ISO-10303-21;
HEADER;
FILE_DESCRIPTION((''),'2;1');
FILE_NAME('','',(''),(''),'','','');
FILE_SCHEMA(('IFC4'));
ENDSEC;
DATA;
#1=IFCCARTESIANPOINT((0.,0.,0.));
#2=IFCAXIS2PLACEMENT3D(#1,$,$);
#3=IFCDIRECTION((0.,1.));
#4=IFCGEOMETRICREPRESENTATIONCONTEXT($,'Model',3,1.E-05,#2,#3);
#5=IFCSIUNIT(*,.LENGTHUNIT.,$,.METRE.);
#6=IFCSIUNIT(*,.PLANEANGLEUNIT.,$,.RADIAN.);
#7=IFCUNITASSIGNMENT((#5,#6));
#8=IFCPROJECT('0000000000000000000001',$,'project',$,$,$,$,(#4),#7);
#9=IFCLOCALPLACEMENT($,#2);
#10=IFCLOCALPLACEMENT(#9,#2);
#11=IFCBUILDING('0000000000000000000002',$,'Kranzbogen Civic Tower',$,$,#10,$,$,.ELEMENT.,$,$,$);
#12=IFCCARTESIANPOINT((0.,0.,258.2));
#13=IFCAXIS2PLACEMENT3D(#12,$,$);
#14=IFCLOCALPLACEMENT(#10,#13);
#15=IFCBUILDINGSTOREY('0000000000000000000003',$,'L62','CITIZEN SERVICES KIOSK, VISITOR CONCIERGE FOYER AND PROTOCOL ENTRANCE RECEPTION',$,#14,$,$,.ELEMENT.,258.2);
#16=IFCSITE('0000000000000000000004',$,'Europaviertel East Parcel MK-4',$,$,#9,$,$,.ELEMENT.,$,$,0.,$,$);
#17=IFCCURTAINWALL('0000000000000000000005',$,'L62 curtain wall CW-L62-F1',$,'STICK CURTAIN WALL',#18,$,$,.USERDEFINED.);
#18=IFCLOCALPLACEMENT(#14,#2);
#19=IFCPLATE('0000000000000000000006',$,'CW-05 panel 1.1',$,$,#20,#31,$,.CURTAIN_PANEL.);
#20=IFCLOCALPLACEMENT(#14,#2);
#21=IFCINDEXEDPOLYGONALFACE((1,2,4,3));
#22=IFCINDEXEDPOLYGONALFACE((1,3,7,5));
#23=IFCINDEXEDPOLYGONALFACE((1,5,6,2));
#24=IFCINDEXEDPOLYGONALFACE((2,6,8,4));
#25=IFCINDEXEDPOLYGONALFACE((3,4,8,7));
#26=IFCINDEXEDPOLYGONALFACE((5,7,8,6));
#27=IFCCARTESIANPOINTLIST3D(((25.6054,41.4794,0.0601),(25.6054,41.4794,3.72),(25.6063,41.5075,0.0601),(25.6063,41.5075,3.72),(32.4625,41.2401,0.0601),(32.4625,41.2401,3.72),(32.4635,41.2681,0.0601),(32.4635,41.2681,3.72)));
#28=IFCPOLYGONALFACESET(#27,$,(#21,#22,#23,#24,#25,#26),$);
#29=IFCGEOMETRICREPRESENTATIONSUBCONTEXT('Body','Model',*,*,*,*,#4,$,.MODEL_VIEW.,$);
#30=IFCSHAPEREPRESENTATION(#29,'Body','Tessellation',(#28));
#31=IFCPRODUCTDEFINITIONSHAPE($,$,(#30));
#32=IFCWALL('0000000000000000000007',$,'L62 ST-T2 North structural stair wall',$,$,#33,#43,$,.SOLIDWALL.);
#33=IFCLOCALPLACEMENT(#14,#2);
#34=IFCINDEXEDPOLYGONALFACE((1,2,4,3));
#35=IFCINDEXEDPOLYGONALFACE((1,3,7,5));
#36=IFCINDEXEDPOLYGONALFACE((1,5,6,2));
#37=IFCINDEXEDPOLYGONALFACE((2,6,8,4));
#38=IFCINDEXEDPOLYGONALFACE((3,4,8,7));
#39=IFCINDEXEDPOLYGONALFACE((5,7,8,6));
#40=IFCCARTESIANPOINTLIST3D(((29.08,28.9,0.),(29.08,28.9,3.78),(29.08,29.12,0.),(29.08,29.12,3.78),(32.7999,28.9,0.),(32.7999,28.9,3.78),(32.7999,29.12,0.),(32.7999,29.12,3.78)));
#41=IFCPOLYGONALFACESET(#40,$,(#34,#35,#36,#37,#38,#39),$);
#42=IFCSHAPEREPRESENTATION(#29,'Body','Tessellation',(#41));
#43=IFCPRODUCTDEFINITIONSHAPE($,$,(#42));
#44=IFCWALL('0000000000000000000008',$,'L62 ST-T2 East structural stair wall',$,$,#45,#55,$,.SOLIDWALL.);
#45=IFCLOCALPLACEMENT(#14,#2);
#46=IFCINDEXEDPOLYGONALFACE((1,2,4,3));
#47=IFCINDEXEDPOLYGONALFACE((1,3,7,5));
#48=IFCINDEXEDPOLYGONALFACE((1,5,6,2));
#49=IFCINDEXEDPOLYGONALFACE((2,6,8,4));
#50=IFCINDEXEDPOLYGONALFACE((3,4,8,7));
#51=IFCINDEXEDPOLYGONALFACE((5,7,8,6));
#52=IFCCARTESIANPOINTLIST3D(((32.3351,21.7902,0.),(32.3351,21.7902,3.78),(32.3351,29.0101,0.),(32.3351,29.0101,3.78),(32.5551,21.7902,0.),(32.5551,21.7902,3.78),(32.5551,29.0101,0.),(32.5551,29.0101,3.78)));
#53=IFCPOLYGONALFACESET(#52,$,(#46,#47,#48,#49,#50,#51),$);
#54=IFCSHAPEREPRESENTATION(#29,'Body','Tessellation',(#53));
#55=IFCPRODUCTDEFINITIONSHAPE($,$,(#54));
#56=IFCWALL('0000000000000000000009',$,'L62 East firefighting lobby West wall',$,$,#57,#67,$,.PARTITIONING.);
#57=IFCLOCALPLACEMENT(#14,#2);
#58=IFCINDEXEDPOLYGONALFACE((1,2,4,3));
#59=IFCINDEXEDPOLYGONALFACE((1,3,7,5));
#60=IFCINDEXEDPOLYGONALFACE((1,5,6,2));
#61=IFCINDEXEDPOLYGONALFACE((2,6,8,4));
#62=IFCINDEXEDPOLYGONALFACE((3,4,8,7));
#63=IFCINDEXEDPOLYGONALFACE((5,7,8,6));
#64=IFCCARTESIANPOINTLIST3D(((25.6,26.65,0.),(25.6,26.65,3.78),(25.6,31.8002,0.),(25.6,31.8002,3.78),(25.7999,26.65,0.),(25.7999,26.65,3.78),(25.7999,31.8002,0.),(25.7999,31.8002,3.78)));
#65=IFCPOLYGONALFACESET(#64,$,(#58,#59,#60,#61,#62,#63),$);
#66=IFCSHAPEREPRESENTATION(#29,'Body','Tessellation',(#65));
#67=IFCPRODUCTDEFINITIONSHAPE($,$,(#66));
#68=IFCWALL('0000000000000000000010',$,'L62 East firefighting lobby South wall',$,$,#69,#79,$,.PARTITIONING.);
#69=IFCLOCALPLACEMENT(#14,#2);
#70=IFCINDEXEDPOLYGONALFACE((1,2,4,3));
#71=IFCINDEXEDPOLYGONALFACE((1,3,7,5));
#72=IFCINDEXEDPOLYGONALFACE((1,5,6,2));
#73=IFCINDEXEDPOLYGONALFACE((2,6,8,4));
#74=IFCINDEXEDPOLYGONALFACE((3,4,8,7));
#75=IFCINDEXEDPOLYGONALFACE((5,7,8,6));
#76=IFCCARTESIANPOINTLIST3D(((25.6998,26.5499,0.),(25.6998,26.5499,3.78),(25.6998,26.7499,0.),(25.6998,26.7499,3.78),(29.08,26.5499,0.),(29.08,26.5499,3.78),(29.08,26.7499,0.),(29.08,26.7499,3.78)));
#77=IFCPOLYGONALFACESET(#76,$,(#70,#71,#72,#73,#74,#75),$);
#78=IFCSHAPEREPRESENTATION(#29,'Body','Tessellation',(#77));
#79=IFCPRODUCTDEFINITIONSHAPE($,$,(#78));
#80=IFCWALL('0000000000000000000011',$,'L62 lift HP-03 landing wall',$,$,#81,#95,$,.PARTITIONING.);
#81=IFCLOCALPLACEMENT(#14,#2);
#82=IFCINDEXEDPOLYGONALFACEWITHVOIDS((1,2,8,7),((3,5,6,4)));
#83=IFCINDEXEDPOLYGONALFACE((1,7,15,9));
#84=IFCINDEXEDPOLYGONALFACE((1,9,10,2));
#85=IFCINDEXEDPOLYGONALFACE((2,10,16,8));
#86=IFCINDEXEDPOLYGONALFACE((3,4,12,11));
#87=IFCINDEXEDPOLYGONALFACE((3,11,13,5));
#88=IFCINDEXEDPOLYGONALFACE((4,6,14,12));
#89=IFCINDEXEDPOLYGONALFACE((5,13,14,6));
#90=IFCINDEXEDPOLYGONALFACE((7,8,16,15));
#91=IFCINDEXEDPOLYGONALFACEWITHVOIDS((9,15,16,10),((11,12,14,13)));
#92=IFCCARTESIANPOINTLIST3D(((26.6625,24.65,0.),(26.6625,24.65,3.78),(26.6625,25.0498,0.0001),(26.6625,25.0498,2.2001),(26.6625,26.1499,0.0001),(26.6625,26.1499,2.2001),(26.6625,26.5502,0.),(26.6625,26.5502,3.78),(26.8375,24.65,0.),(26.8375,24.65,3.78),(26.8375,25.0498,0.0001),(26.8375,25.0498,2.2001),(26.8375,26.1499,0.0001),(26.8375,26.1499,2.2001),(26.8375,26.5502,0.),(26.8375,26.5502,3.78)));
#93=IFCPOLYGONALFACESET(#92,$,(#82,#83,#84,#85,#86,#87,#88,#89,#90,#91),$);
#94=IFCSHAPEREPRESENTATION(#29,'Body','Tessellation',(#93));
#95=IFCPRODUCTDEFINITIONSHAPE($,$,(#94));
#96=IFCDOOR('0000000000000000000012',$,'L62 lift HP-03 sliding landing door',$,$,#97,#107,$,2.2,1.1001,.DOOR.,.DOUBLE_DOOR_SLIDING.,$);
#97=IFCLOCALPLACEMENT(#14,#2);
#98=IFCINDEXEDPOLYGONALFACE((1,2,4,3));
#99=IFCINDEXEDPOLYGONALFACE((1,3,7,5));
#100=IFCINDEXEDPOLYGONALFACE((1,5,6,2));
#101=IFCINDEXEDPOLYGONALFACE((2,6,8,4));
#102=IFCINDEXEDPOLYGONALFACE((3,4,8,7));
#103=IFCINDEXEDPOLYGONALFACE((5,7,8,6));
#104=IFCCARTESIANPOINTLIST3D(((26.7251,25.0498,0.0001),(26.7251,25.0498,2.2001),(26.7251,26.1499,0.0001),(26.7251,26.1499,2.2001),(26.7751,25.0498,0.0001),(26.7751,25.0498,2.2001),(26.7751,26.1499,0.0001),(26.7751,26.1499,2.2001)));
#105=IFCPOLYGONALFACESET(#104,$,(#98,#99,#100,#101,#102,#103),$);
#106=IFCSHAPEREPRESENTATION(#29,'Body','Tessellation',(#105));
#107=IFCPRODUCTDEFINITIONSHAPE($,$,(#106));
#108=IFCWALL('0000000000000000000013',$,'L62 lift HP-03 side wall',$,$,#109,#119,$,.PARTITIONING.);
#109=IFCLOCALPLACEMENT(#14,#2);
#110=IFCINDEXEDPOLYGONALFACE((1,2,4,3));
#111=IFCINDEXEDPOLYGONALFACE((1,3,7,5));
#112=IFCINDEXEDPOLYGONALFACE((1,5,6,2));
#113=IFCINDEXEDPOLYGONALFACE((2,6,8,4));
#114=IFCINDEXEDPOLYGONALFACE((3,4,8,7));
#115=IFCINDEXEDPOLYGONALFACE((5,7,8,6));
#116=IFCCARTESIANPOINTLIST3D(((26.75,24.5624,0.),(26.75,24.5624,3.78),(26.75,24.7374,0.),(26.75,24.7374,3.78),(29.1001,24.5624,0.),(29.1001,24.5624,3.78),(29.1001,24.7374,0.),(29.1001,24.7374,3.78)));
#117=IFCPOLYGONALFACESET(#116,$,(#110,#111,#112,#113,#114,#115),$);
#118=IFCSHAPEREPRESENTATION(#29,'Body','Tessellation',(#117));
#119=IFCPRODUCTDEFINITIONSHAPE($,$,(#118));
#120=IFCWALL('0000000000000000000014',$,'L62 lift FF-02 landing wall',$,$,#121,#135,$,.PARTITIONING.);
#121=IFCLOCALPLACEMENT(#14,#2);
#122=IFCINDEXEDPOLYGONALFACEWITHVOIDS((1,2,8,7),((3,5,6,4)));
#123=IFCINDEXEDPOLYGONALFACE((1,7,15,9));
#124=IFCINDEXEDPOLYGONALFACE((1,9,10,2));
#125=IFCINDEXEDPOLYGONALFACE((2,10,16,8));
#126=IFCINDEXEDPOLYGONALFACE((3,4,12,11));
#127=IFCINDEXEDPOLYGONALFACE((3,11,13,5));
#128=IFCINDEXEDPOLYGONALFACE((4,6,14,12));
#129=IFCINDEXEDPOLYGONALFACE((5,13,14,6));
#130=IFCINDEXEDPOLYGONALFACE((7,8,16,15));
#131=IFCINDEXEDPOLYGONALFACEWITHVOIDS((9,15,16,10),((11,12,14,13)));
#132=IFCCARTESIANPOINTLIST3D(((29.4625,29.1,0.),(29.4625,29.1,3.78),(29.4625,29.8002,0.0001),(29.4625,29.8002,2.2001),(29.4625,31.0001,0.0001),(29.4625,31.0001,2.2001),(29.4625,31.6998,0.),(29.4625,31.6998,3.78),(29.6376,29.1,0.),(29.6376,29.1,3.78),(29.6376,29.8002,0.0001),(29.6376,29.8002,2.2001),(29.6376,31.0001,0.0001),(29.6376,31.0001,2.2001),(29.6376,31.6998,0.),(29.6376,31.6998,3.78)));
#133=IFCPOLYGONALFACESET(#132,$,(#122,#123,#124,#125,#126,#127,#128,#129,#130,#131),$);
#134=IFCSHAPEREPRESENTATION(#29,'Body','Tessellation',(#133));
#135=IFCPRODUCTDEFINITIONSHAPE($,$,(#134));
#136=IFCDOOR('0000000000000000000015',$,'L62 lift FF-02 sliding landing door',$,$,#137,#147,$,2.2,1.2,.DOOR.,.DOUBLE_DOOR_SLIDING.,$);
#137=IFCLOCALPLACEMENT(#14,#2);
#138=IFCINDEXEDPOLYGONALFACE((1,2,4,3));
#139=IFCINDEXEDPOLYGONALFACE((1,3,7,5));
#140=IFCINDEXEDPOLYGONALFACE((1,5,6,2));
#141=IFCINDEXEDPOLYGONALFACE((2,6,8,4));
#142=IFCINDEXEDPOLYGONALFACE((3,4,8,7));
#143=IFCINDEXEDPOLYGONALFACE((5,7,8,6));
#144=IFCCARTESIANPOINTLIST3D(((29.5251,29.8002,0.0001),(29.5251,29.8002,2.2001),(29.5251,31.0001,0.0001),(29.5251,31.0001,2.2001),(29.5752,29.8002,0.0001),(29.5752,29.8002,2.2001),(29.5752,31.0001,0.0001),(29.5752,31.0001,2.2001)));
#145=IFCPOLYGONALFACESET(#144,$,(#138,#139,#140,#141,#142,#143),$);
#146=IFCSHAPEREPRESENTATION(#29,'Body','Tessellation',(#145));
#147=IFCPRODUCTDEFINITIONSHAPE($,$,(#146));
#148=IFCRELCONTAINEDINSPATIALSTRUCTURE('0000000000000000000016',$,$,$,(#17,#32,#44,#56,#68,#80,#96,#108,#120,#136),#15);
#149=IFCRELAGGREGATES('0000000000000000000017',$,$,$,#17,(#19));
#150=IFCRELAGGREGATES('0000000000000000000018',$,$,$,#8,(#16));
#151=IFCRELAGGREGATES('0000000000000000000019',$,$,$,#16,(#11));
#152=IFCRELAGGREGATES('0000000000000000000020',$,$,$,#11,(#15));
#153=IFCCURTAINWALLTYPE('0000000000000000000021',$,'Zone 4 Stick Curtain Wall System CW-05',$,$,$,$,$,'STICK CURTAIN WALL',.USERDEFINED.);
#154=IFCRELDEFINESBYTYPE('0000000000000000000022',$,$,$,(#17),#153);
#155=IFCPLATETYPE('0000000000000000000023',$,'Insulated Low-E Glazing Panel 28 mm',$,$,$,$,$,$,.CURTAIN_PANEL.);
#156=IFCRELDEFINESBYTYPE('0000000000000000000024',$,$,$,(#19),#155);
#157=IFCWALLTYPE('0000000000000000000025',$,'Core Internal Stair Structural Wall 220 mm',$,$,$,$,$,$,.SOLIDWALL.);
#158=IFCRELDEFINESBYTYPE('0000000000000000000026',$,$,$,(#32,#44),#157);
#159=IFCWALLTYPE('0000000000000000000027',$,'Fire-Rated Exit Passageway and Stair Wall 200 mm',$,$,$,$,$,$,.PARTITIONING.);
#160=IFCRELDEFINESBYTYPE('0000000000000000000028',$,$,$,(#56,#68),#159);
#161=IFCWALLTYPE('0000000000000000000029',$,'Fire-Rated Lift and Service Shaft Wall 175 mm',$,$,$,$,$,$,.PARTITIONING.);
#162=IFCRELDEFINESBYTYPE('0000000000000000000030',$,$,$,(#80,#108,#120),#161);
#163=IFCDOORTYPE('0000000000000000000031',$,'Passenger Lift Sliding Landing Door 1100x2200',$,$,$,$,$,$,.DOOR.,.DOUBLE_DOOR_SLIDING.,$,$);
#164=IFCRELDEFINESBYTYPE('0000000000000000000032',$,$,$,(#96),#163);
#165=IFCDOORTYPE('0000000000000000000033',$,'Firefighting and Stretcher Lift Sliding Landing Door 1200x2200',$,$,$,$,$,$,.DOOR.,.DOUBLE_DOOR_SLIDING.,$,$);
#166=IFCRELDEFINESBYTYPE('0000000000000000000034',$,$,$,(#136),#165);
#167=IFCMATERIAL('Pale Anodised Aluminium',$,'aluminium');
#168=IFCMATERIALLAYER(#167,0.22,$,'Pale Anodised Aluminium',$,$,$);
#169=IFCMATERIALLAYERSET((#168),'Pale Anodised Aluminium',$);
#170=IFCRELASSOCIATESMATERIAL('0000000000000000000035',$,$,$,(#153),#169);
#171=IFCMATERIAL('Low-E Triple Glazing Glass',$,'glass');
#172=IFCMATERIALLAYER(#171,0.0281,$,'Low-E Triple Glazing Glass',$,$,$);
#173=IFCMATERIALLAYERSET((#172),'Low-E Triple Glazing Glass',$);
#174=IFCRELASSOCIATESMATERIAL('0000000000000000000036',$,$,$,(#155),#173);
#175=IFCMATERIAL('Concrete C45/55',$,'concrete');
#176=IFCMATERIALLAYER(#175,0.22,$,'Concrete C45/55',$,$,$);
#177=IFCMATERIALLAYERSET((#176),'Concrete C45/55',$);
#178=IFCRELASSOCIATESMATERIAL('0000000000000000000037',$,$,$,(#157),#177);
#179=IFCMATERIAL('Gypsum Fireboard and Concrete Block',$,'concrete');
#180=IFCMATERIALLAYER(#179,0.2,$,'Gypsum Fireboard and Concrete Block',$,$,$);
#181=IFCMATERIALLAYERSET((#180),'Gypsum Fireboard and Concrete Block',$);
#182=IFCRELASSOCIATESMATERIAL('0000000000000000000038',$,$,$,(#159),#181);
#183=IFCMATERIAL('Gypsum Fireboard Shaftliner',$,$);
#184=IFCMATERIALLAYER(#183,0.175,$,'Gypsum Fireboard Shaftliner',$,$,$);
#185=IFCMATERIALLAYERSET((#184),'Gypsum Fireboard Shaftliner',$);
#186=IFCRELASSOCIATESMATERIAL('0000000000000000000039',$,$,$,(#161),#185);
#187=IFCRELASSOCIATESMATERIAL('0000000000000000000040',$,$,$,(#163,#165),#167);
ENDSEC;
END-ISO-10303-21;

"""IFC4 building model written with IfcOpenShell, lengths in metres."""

from ifc_helpers import new_model, si_unit, direction, frame, frame_2d, origin, origin_2d, place, context, subcontext, project, spatial, rectangle, extrude, material, layer, layer_set, type_object, element, fill, aggregate, save


model = new_model("IFC4")

# Units and contexts
model_context = context("Model", 3, precision=1e-05, world=origin(), true_north=direction((0.0, 1.0)))
body_context = subcontext(model_context, "Body", "Model", "MODEL_VIEW")
ifc_project = project(units=[si_unit("LENGTHUNIT", "METRE"), si_unit("PLANEANGLEUNIT", "RADIAN")], contexts=[model_context])

# Site, building, storey
site_placement = place(None, origin())
site = spatial("IfcSite", under=ifc_project, at=site_placement, Name="Europaviertel East Parcel MK-4", CompositionType="ELEMENT", RefElevation=0.0)
building_placement = place(site_placement, origin())
building = spatial("IfcBuilding", under=site, at=building_placement, Name="Kranzbogen Civic Tower", CompositionType="ELEMENT")
storey_placement = place(building_placement, frame((0.0, 0.0, 258.2)))
storey = spatial("IfcBuildingStorey", under=building, at=storey_placement, Name="L62", Description="CITIZEN SERVICES KIOSK, VISITOR CONCIERGE FOYER AND PROTOCOL ENTRANCE RECEPTION", CompositionType="ELEMENT", Elevation=258.2)

# Curtain wall
ifc_material_1 = material(Name="Pale Anodised Aluminium", Category="aluminium")
ifc_layer_1 = layer(ifc_material_1, 0.22, Name="Pale Anodised Aluminium")
ifc_layer_set_1 = layer_set([ifc_layer_1], Name="Pale Anodised Aluminium")
curtain_wall_type = type_object("IfcCurtainWallType", Name="Zone 4 Stick Curtain Wall System CW-05", ElementType="STICK CURTAIN WALL", PredefinedType="USERDEFINED", material=ifc_layer_set_1)
curtain_wall_placement = place(storey_placement, origin())
curtain_wall = element("IfcCurtainWall", 1, at=curtain_wall_placement, inside=storey, type_object=curtain_wall_type, Name="L62 curtain wall CW-L62-F1", ObjectType="STICK CURTAIN WALL", PredefinedType="USERDEFINED")

# Plate
ifc_material_2 = material(Name="Low-E Triple Glazing Glass", Category="glass")
ifc_layer_2 = layer(ifc_material_2, 0.0281, Name="Low-E Triple Glazing Glass")
ifc_layer_set_2 = layer_set([ifc_layer_2], Name="Low-E Triple Glazing Glass")
plate_type = type_object("IfcPlateType", Name="Insulated Low-E Glazing Panel 28 mm", PredefinedType="CURTAIN_PANEL", material=ifc_layer_set_2)
plate_placement = place(storey_placement, frame((29.0344, 41.3738, 0.0601), z_axis=(0.0, 0.0, 1.0), x_axis=(-0.999391, 0.034886, 0.0)))
plate = element("IfcPlate", 2, at=plate_placement, type_object=plate_type, Name="CW-05 panel 1.1", PredefinedType="CURTAIN_PANEL", context=body_context, shape_type="SweptSolid", body=[
    extrude(rectangle(XDim=6.8613, YDim=0.0281, at=origin_2d()), origin(), (0.0, 0.0, 1.0), 3.6599),
])
aggregate(curtain_wall, [plate])

# Walls
ifc_material_3 = material(Name="Concrete C45/55", Category="concrete")
ifc_layer_3 = layer(ifc_material_3, 0.22, Name="Concrete C45/55")
ifc_layer_set_3 = layer_set([ifc_layer_3], Name="Concrete C45/55")
wall_type_1 = type_object("IfcWallType", Name="Core Internal Stair Structural Wall 220 mm", PredefinedType="SOLIDWALL", material=ifc_layer_set_3)
wall_1_placement = place(storey_placement, frame((29.0801, 29.01, 0.0), z_axis=(0.0, 0.0, 1.0), x_axis=(1.0, 0.0, 0.0)))
element("IfcWall", 3, at=wall_1_placement, inside=storey, type_object=wall_type_1, Name="L62 ST-T2 North structural stair wall", PredefinedType="SOLIDWALL", context=body_context, shape_type="SweptSolid", body=[
    extrude(rectangle(XDim=3.72, YDim=0.22, at=frame_2d((1.8599, 0.0))), origin(), (0.0, 0.0, 1.0), 3.78),
])
wall_2_placement = place(storey_placement, frame((32.4451, 29.01, 0.0), z_axis=(0.0, 0.0, 1.0), x_axis=(0.0, -1.0, 0.0)))
element("IfcWall", 4, at=wall_2_placement, inside=storey, type_object=wall_type_1, Name="L62 ST-T2 East structural stair wall", PredefinedType="SOLIDWALL", context=body_context, shape_type="SweptSolid", body=[
    extrude(rectangle(XDim=7.22, YDim=0.22, at=frame_2d((3.6099, 0.0))), origin(), (0.0, 0.0, 1.0), 3.78),
])
ifc_material_4 = material(Name="Gypsum Fireboard and Concrete Block", Category="concrete")
ifc_layer_4 = layer(ifc_material_4, 0.2, Name="Gypsum Fireboard and Concrete Block")
ifc_layer_set_4 = layer_set([ifc_layer_4], Name="Gypsum Fireboard and Concrete Block")
wall_type_2 = type_object("IfcWallType", Name="Fire-Rated Exit Passageway and Stair Wall 200 mm", PredefinedType="PARTITIONING", material=ifc_layer_set_4)
wall_3_placement = place(storey_placement, frame((25.7, 26.6499, 0.0), z_axis=(0.0, 0.0, 1.0), x_axis=(0.0, 1.0, 0.0)))
element("IfcWall", 5, at=wall_3_placement, inside=storey, type_object=wall_type_2, Name="L62 East firefighting lobby West wall", PredefinedType="PARTITIONING", context=body_context, shape_type="SweptSolid", body=[
    extrude(rectangle(XDim=5.1501, YDim=0.2, at=frame_2d((2.5752, 0.0))), origin(), (0.0, 0.0, 1.0), 3.78),
])
wall_4_placement = place(storey_placement, frame((25.7, 26.6499, 0.0), z_axis=(0.0, 0.0, 1.0), x_axis=(1.0, 0.0, 0.0)))
element("IfcWall", 6, at=wall_4_placement, inside=storey, type_object=wall_type_2, Name="L62 East firefighting lobby South wall", PredefinedType="PARTITIONING", context=body_context, shape_type="SweptSolid", body=[
    extrude(rectangle(XDim=3.3801, YDim=0.2, at=frame_2d((1.6899, 0.0))), origin(), (0.0, 0.0, 1.0), 3.78),
])

# Wall, opening, door
ifc_material_5 = material(Name="Gypsum Fireboard Shaftliner")
ifc_layer_5 = layer(ifc_material_5, 0.175, Name="Gypsum Fireboard Shaftliner")
ifc_layer_set_5 = layer_set([ifc_layer_5], Name="Gypsum Fireboard Shaftliner")
wall_type_3 = type_object("IfcWallType", Name="Fire-Rated Lift and Service Shaft Wall 175 mm", PredefinedType="PARTITIONING", material=ifc_layer_set_5)
wall_5_placement = place(storey_placement, frame((26.75, 24.6499, 0.0), z_axis=(0.0, 0.0, 1.0), x_axis=(0.0, 1.0, 0.0)))
wall_5 = element("IfcWall", 7, at=wall_5_placement, inside=storey, type_object=wall_type_3, Name="L62 lift HP-03 landing wall", PredefinedType="PARTITIONING", context=body_context, shape_type="SweptSolid", body=[
    extrude(rectangle(XDim=1.9001, YDim=0.175, at=frame_2d((0.9502, 0.0))), origin(), (0.0, 0.0, 1.0), 3.78),
])
opening_1_placement = place(wall_5_placement, frame((0.3999, 0.0, 0.0)))
opening_1 = element("IfcOpeningElement", 8, at=opening_1_placement, cuts=wall_5, PredefinedType="OPENING", context=body_context, shape_type="SweptSolid", body=[
    extrude(rectangle(XDim=1.1001, YDim=2.2, at=frame_2d((0.55, 1.1001))), frame((0.0, 0.0977, 0.0), z_axis=(0.0, -1.0, 0.0), x_axis=(1.0, 0.0, 0.0)), (0.0, 0.0, 1.0), 0.1951),
])
door_type_1 = type_object("IfcDoorType", Name="Passenger Lift Sliding Landing Door 1100x2200", OperationType="DOUBLE_DOOR_SLIDING", PredefinedType="DOOR", material=ifc_material_1)
door_1_placement = place(opening_1_placement, origin())
door_1 = element("IfcDoor", 9, at=door_1_placement, inside=storey, type_object=door_type_1, Name="L62 lift HP-03 sliding landing door", OperationType="DOUBLE_DOOR_SLIDING", OverallHeight=2.2, OverallWidth=1.1001, PredefinedType="DOOR", context=body_context, shape_type="SweptSolid", body=[
    extrude(rectangle(XDim=1.1001, YDim=2.2, at=frame_2d((0.55, 1.1001))), frame((0.0, 0.0249, 0.0), z_axis=(0.0, -1.0, 0.0), x_axis=(1.0, 0.0, 0.0)), (0.0, 0.0, 1.0), 0.05),
])
fill(opening_1, door_1)

# Wall
wall_6_placement = place(storey_placement, frame((26.75, 24.6499, 0.0), z_axis=(0.0, 0.0, 1.0), x_axis=(1.0, 0.0, 0.0)))
element("IfcWall", 10, at=wall_6_placement, inside=storey, type_object=wall_type_3, Name="L62 lift HP-03 side wall", PredefinedType="PARTITIONING", context=body_context, shape_type="SweptSolid", body=[
    extrude(rectangle(XDim=2.3501, YDim=0.175, at=frame_2d((1.175, 0.0))), origin(), (0.0, 0.0, 1.0), 3.78),
])

# Wall, opening, door
wall_7_placement = place(storey_placement, frame((29.55, 29.1001, 0.0), z_axis=(0.0, 0.0, 1.0), x_axis=(0.0, 1.0, 0.0)))
wall_7 = element("IfcWall", 11, at=wall_7_placement, inside=storey, type_object=wall_type_3, Name="L62 lift FF-02 landing wall", PredefinedType="PARTITIONING", context=body_context, shape_type="SweptSolid", body=[
    extrude(rectangle(XDim=2.5999, YDim=0.175, at=frame_2d((1.2998, 0.0))), origin(), (0.0, 0.0, 1.0), 3.78),
])
opening_2_placement = place(wall_7_placement, frame((0.7, 0.0, 0.0)))
opening_2 = element("IfcOpeningElement", 12, at=opening_2_placement, cuts=wall_7, PredefinedType="OPENING", context=body_context, shape_type="SweptSolid", body=[
    extrude(rectangle(XDim=1.2, YDim=2.2, at=frame_2d((0.6001, 1.1001))), frame((0.0, 0.0977, 0.0), z_axis=(0.0, -1.0, 0.0), x_axis=(1.0, 0.0, 0.0)), (0.0, 0.0, 1.0), 0.1951),
])
door_type_2 = type_object("IfcDoorType", Name="Firefighting and Stretcher Lift Sliding Landing Door 1200x2200", OperationType="DOUBLE_DOOR_SLIDING", PredefinedType="DOOR", material=ifc_material_1)
door_2_placement = place(opening_2_placement, origin())
door_2 = element("IfcDoor", 13, at=door_2_placement, inside=storey, type_object=door_type_2, Name="L62 lift FF-02 sliding landing door", OperationType="DOUBLE_DOOR_SLIDING", OverallHeight=2.2, OverallWidth=1.2, PredefinedType="DOOR", context=body_context, shape_type="SweptSolid", body=[
    extrude(rectangle(XDim=1.2, YDim=2.2, at=frame_2d((0.6001, 1.1001))), frame((0.0, 0.0249, 0.0), z_axis=(0.0, -1.0, 0.0), x_axis=(1.0, 0.0, 0.0)), (0.0, 0.0, 1.0), 0.05),
])
fill(opening_2, door_2)

save(model, "model.ifc")
